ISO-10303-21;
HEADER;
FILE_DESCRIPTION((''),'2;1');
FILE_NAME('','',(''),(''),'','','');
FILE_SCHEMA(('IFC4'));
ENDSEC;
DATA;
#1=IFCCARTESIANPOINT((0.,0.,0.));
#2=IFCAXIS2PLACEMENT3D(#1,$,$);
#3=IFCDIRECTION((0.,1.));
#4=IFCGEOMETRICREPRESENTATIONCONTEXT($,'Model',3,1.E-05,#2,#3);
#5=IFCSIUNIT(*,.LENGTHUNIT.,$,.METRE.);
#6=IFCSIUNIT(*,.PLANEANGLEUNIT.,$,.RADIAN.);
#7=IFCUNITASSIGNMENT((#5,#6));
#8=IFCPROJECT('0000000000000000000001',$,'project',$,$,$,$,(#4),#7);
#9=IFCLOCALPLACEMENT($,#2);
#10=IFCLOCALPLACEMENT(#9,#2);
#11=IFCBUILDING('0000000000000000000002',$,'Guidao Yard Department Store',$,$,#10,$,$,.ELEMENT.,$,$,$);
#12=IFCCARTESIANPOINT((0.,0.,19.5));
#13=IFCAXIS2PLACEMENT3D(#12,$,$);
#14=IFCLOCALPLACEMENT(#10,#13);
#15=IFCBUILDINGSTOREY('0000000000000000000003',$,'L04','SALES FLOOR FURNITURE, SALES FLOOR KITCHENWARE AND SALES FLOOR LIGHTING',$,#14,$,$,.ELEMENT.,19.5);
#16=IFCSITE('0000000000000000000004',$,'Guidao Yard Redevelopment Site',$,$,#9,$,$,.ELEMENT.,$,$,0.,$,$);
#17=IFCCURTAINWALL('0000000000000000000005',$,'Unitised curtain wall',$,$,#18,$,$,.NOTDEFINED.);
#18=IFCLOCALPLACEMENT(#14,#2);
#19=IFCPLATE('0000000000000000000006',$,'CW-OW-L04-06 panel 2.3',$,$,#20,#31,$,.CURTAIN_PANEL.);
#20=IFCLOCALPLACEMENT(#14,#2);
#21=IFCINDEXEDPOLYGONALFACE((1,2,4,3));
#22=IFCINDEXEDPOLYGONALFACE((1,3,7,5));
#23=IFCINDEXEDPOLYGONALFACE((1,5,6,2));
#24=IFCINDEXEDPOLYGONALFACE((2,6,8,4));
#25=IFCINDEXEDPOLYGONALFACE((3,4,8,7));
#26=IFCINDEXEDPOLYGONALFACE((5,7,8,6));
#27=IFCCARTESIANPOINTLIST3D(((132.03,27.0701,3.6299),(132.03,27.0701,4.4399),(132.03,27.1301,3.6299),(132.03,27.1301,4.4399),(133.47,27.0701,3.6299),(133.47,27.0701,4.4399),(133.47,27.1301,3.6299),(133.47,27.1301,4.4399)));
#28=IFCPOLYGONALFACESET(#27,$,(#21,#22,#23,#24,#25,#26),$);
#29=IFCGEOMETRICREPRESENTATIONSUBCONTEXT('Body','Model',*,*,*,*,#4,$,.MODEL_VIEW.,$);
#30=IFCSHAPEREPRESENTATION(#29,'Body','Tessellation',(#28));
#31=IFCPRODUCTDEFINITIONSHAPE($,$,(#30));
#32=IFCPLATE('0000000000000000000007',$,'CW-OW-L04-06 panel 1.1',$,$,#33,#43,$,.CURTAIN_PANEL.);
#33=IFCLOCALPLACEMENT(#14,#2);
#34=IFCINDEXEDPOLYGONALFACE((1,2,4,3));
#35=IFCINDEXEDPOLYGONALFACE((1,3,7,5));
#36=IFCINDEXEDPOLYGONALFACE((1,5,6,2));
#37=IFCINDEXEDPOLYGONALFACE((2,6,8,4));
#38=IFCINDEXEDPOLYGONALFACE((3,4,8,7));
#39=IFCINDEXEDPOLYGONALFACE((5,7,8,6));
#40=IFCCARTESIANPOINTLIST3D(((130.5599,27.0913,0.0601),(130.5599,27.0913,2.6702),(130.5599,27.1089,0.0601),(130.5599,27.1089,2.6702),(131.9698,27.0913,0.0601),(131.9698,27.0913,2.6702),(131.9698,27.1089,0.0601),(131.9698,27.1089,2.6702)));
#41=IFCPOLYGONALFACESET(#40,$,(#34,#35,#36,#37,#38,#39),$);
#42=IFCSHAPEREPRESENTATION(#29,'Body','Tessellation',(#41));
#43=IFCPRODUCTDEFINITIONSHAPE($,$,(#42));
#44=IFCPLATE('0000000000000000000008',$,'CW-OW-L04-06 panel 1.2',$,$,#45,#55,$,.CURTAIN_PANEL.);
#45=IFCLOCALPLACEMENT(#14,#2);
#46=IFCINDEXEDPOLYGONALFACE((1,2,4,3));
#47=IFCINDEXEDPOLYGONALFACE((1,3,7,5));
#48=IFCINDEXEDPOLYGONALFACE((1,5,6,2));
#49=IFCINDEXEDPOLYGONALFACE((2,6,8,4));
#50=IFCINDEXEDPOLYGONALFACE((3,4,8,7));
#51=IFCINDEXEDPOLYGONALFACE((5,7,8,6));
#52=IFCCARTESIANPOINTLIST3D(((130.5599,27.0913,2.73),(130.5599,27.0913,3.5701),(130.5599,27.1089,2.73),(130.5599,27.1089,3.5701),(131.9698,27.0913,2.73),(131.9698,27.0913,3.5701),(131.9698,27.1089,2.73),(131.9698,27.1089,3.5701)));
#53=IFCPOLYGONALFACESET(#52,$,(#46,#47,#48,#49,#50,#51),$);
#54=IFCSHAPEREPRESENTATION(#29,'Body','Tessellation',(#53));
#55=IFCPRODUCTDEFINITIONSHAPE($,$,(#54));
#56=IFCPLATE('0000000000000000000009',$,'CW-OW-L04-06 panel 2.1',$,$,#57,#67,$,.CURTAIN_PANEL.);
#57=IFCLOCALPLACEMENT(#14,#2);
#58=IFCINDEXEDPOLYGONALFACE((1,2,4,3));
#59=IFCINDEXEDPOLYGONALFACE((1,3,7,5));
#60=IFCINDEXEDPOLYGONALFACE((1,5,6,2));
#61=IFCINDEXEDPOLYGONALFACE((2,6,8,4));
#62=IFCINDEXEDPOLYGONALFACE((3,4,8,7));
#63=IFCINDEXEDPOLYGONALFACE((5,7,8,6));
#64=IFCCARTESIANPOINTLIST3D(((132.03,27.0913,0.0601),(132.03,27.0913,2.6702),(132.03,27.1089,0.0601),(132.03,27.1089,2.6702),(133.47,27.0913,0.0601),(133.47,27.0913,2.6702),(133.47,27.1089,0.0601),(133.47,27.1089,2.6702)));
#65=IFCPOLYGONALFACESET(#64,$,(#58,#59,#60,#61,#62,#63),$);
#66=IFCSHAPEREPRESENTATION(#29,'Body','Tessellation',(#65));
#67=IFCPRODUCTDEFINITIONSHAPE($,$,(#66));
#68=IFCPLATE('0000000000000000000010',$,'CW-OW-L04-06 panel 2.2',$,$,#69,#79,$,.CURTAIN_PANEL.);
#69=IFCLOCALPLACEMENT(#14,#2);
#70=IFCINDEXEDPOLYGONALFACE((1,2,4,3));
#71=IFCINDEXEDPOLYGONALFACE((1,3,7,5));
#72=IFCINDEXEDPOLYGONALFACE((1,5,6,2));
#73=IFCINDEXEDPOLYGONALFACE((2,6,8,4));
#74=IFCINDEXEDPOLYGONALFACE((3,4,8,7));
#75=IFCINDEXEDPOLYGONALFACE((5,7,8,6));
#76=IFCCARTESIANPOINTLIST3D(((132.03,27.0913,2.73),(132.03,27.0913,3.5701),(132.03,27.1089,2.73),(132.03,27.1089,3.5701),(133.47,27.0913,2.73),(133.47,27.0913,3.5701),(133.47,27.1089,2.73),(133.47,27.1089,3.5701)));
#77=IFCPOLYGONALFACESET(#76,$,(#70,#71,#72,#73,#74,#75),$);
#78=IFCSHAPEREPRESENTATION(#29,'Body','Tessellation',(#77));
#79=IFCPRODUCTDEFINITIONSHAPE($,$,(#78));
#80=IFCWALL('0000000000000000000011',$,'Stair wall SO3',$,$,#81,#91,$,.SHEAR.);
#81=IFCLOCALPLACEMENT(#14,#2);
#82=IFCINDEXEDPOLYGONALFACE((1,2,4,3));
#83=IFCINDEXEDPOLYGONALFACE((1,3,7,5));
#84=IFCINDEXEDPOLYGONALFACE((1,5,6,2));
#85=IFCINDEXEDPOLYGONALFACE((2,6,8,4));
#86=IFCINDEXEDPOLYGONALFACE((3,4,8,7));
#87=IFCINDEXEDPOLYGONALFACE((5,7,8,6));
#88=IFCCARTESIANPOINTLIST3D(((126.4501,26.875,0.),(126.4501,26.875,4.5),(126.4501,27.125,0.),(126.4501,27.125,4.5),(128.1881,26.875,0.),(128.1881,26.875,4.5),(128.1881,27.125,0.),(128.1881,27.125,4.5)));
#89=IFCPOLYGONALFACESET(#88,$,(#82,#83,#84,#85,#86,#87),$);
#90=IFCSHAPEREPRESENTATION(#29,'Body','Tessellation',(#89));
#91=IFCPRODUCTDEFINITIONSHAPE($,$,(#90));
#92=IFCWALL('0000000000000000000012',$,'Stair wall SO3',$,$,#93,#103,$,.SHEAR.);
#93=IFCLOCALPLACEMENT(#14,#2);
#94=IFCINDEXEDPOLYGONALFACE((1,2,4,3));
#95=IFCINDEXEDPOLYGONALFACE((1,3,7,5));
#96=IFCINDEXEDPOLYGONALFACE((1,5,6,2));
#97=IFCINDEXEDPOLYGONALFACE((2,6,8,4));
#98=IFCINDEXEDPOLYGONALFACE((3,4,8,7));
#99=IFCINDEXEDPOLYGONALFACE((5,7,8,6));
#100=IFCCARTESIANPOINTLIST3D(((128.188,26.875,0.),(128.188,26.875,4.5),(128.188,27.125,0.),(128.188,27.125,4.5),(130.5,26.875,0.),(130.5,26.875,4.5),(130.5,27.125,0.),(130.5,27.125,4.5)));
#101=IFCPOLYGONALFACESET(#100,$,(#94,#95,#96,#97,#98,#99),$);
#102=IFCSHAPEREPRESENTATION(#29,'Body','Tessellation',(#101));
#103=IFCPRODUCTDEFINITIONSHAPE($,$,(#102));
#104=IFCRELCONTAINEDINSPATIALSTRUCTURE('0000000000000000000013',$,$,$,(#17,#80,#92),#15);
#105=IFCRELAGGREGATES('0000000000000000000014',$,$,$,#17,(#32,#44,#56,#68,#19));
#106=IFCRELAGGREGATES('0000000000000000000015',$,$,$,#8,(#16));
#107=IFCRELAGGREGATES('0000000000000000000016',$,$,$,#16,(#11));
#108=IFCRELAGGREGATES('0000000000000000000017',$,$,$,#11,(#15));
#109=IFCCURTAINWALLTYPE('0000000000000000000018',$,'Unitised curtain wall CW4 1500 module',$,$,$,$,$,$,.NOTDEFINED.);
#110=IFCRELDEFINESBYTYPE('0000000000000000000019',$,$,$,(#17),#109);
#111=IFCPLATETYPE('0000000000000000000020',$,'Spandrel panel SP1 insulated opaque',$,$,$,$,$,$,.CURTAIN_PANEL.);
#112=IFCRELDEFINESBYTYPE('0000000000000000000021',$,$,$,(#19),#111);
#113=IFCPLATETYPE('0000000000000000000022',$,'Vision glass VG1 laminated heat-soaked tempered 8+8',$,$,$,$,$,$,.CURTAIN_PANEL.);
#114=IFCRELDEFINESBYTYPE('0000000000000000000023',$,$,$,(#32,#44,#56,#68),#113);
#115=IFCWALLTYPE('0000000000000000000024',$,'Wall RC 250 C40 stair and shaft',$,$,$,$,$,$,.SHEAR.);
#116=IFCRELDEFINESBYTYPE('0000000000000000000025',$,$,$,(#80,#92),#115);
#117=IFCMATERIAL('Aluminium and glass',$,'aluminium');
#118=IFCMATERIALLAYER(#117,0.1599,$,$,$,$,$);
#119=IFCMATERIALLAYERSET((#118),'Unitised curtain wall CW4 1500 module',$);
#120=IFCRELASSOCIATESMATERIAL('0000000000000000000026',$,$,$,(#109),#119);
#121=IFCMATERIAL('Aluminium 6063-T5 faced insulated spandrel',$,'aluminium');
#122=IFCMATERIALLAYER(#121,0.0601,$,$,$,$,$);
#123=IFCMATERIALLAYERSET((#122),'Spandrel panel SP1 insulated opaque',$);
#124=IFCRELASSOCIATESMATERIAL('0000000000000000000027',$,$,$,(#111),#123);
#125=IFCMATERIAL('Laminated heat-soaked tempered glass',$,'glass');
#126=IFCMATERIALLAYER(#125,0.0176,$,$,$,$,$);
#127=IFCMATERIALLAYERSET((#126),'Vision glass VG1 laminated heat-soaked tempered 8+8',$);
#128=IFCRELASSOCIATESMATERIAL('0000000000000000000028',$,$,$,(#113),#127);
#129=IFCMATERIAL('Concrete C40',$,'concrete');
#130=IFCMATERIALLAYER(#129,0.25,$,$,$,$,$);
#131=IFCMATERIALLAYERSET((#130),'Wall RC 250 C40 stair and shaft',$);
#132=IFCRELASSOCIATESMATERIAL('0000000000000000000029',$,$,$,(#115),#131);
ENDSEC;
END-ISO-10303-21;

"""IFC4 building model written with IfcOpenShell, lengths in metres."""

from ifc_helpers import new_model, si_unit, direction, frame, frame_2d, origin, origin_2d, place, context, subcontext, project, spatial, rectangle, extrude, material, layer, layer_set, type_object, element, aggregate, save


model = new_model("IFC4")

# Units and contexts
model_context = context("Model", 3, precision=1e-05, world=origin(), true_north=direction((0.0, 1.0)))
body_context = subcontext(model_context, "Body", "Model", "MODEL_VIEW")
ifc_project = project(units=[si_unit("LENGTHUNIT", "METRE"), si_unit("PLANEANGLEUNIT", "RADIAN")], contexts=[model_context])

# Site, building, storey
site_placement = place(None, origin())
site = spatial("IfcSite", under=ifc_project, at=site_placement, Name="Guidao Yard Redevelopment Site", CompositionType="ELEMENT", RefElevation=0.0)
building_placement = place(site_placement, origin())
building = spatial("IfcBuilding", under=site, at=building_placement, Name="Guidao Yard Department Store", CompositionType="ELEMENT")
storey_placement = place(building_placement, frame((0.0, 0.0, 19.5)))
storey = spatial("IfcBuildingStorey", under=building, at=storey_placement, Name="L04", Description="SALES FLOOR FURNITURE, SALES FLOOR KITCHENWARE AND SALES FLOOR LIGHTING", CompositionType="ELEMENT", Elevation=19.5)

# Curtain wall, plates
ifc_material_1 = material(Name="Aluminium and glass", Category="aluminium")
ifc_layer_1 = layer(ifc_material_1, 0.1599)
ifc_layer_set_1 = layer_set([ifc_layer_1], Name="Unitised curtain wall CW4 1500 module")
curtain_wall_type = type_object("IfcCurtainWallType", Name="Unitised curtain wall CW4 1500 module", PredefinedType="NOTDEFINED", material=ifc_layer_set_1)
curtain_wall_placement = place(storey_placement, origin())
curtain_wall = element("IfcCurtainWall", 1, at=curtain_wall_placement, inside=storey, type_object=curtain_wall_type, Name="Unitised curtain wall", PredefinedType="NOTDEFINED")
ifc_material_2 = material(Name="Aluminium 6063-T5 faced insulated spandrel", Category="aluminium")
ifc_layer_2 = layer(ifc_material_2, 0.0601)
ifc_layer_set_2 = layer_set([ifc_layer_2], Name="Spandrel panel SP1 insulated opaque")
plate_type_1 = type_object("IfcPlateType", Name="Spandrel panel SP1 insulated opaque", PredefinedType="CURTAIN_PANEL", material=ifc_layer_set_2)
plate_1_placement = place(storey_placement, frame((132.75, 27.1001, 3.6299), z_axis=(0.0, 0.0, 1.0), x_axis=(1.0, 0.0, 0.0)))
plate_1 = element("IfcPlate", 2, at=plate_1_placement, type_object=plate_type_1, Name="CW-OW-L04-06 panel 2.3", PredefinedType="CURTAIN_PANEL", context=body_context, shape_type="SweptSolid", body=[
    extrude(rectangle(XDim=1.4399, YDim=0.0601, at=origin_2d()), origin(), (0.0, 0.0, 1.0), 0.8101),
])
ifc_material_3 = material(Name="Laminated heat-soaked tempered glass", Category="glass")
ifc_layer_3 = layer(ifc_material_3, 0.0176)
ifc_layer_set_3 = layer_set([ifc_layer_3], Name="Vision glass VG1 laminated heat-soaked tempered 8+8")
plate_type_2 = type_object("IfcPlateType", Name="Vision glass VG1 laminated heat-soaked tempered 8+8", PredefinedType="CURTAIN_PANEL", material=ifc_layer_set_3)
plate_2_placement = place(storey_placement, frame((131.2649, 27.1001, 0.0601), z_axis=(0.0, 0.0, 1.0), x_axis=(1.0, 0.0, 0.0)))
plate_2 = element("IfcPlate", 3, at=plate_2_placement, type_object=plate_type_2, Name="CW-OW-L04-06 panel 1.1", PredefinedType="CURTAIN_PANEL", context=body_context, shape_type="SweptSolid", body=[
    extrude(rectangle(XDim=1.4099, YDim=0.0176, at=origin_2d()), origin(), (0.0, 0.0, 1.0), 2.6101),
])
plate_3_placement = place(storey_placement, frame((131.2649, 27.1001, 2.73), z_axis=(0.0, 0.0, 1.0), x_axis=(1.0, 0.0, 0.0)))
plate_3 = element("IfcPlate", 4, at=plate_3_placement, type_object=plate_type_2, Name="CW-OW-L04-06 panel 1.2", PredefinedType="CURTAIN_PANEL", context=body_context, shape_type="SweptSolid", body=[
    extrude(rectangle(XDim=1.4099, YDim=0.0176, at=origin_2d()), origin(), (0.0, 0.0, 1.0), 0.8401),
])
plate_4_placement = place(storey_placement, frame((132.75, 27.1001, 0.0601), z_axis=(0.0, 0.0, 1.0), x_axis=(1.0, 0.0, 0.0)))
plate_4 = element("IfcPlate", 5, at=plate_4_placement, type_object=plate_type_2, Name="CW-OW-L04-06 panel 2.1", PredefinedType="CURTAIN_PANEL", context=body_context, shape_type="SweptSolid", body=[
    extrude(rectangle(XDim=1.4399, YDim=0.0176, at=origin_2d()), origin(), (0.0, 0.0, 1.0), 2.6101),
])
plate_5_placement = place(storey_placement, frame((132.75, 27.1001, 2.73), z_axis=(0.0, 0.0, 1.0), x_axis=(1.0, 0.0, 0.0)))
plate_5 = element("IfcPlate", 6, at=plate_5_placement, type_object=plate_type_2, Name="CW-OW-L04-06 panel 2.2", PredefinedType="CURTAIN_PANEL", context=body_context, shape_type="SweptSolid", body=[
    extrude(rectangle(XDim=1.4399, YDim=0.0176, at=origin_2d()), origin(), (0.0, 0.0, 1.0), 0.8401),
])
aggregate(curtain_wall, [plate_2, plate_3, plate_4, plate_5, plate_1])

# Walls
ifc_material_4 = material(Name="Concrete C40", Category="concrete")
ifc_layer_4 = layer(ifc_material_4, 0.25)
ifc_layer_set_4 = layer_set([ifc_layer_4], Name="Wall RC 250 C40 stair and shaft")
wall_type = type_object("IfcWallType", Name="Wall RC 250 C40 stair and shaft", PredefinedType="SHEAR", material=ifc_layer_set_4)
wall_1_placement = place(storey_placement, frame((126.45, 27.0, 0.0), z_axis=(0.0, 0.0, 1.0), x_axis=(1.0, 0.0, 0.0)))
element("IfcWall", 7, at=wall_1_placement, inside=storey, type_object=wall_type, Name="Stair wall SO3", PredefinedType="SHEAR", context=body_context, shape_type="SweptSolid", body=[
    extrude(rectangle(XDim=1.738, YDim=0.25, at=frame_2d((0.8691, 0.0))), origin(), (0.0, 0.0, 1.0), 4.5),
])
wall_2_placement = place(storey_placement, frame((128.188, 27.0, 0.0), z_axis=(0.0, 0.0, 1.0), x_axis=(1.0, 0.0, 0.0)))
element("IfcWall", 8, at=wall_2_placement, inside=storey, type_object=wall_type, Name="Stair wall SO3", PredefinedType="SHEAR", context=body_context, shape_type="SweptSolid", body=[
    extrude(rectangle(XDim=2.312, YDim=0.25, at=frame_2d((1.156, 0.0))), origin(), (0.0, 0.0, 1.0), 4.5),
])

save(model, "model.ifc")
